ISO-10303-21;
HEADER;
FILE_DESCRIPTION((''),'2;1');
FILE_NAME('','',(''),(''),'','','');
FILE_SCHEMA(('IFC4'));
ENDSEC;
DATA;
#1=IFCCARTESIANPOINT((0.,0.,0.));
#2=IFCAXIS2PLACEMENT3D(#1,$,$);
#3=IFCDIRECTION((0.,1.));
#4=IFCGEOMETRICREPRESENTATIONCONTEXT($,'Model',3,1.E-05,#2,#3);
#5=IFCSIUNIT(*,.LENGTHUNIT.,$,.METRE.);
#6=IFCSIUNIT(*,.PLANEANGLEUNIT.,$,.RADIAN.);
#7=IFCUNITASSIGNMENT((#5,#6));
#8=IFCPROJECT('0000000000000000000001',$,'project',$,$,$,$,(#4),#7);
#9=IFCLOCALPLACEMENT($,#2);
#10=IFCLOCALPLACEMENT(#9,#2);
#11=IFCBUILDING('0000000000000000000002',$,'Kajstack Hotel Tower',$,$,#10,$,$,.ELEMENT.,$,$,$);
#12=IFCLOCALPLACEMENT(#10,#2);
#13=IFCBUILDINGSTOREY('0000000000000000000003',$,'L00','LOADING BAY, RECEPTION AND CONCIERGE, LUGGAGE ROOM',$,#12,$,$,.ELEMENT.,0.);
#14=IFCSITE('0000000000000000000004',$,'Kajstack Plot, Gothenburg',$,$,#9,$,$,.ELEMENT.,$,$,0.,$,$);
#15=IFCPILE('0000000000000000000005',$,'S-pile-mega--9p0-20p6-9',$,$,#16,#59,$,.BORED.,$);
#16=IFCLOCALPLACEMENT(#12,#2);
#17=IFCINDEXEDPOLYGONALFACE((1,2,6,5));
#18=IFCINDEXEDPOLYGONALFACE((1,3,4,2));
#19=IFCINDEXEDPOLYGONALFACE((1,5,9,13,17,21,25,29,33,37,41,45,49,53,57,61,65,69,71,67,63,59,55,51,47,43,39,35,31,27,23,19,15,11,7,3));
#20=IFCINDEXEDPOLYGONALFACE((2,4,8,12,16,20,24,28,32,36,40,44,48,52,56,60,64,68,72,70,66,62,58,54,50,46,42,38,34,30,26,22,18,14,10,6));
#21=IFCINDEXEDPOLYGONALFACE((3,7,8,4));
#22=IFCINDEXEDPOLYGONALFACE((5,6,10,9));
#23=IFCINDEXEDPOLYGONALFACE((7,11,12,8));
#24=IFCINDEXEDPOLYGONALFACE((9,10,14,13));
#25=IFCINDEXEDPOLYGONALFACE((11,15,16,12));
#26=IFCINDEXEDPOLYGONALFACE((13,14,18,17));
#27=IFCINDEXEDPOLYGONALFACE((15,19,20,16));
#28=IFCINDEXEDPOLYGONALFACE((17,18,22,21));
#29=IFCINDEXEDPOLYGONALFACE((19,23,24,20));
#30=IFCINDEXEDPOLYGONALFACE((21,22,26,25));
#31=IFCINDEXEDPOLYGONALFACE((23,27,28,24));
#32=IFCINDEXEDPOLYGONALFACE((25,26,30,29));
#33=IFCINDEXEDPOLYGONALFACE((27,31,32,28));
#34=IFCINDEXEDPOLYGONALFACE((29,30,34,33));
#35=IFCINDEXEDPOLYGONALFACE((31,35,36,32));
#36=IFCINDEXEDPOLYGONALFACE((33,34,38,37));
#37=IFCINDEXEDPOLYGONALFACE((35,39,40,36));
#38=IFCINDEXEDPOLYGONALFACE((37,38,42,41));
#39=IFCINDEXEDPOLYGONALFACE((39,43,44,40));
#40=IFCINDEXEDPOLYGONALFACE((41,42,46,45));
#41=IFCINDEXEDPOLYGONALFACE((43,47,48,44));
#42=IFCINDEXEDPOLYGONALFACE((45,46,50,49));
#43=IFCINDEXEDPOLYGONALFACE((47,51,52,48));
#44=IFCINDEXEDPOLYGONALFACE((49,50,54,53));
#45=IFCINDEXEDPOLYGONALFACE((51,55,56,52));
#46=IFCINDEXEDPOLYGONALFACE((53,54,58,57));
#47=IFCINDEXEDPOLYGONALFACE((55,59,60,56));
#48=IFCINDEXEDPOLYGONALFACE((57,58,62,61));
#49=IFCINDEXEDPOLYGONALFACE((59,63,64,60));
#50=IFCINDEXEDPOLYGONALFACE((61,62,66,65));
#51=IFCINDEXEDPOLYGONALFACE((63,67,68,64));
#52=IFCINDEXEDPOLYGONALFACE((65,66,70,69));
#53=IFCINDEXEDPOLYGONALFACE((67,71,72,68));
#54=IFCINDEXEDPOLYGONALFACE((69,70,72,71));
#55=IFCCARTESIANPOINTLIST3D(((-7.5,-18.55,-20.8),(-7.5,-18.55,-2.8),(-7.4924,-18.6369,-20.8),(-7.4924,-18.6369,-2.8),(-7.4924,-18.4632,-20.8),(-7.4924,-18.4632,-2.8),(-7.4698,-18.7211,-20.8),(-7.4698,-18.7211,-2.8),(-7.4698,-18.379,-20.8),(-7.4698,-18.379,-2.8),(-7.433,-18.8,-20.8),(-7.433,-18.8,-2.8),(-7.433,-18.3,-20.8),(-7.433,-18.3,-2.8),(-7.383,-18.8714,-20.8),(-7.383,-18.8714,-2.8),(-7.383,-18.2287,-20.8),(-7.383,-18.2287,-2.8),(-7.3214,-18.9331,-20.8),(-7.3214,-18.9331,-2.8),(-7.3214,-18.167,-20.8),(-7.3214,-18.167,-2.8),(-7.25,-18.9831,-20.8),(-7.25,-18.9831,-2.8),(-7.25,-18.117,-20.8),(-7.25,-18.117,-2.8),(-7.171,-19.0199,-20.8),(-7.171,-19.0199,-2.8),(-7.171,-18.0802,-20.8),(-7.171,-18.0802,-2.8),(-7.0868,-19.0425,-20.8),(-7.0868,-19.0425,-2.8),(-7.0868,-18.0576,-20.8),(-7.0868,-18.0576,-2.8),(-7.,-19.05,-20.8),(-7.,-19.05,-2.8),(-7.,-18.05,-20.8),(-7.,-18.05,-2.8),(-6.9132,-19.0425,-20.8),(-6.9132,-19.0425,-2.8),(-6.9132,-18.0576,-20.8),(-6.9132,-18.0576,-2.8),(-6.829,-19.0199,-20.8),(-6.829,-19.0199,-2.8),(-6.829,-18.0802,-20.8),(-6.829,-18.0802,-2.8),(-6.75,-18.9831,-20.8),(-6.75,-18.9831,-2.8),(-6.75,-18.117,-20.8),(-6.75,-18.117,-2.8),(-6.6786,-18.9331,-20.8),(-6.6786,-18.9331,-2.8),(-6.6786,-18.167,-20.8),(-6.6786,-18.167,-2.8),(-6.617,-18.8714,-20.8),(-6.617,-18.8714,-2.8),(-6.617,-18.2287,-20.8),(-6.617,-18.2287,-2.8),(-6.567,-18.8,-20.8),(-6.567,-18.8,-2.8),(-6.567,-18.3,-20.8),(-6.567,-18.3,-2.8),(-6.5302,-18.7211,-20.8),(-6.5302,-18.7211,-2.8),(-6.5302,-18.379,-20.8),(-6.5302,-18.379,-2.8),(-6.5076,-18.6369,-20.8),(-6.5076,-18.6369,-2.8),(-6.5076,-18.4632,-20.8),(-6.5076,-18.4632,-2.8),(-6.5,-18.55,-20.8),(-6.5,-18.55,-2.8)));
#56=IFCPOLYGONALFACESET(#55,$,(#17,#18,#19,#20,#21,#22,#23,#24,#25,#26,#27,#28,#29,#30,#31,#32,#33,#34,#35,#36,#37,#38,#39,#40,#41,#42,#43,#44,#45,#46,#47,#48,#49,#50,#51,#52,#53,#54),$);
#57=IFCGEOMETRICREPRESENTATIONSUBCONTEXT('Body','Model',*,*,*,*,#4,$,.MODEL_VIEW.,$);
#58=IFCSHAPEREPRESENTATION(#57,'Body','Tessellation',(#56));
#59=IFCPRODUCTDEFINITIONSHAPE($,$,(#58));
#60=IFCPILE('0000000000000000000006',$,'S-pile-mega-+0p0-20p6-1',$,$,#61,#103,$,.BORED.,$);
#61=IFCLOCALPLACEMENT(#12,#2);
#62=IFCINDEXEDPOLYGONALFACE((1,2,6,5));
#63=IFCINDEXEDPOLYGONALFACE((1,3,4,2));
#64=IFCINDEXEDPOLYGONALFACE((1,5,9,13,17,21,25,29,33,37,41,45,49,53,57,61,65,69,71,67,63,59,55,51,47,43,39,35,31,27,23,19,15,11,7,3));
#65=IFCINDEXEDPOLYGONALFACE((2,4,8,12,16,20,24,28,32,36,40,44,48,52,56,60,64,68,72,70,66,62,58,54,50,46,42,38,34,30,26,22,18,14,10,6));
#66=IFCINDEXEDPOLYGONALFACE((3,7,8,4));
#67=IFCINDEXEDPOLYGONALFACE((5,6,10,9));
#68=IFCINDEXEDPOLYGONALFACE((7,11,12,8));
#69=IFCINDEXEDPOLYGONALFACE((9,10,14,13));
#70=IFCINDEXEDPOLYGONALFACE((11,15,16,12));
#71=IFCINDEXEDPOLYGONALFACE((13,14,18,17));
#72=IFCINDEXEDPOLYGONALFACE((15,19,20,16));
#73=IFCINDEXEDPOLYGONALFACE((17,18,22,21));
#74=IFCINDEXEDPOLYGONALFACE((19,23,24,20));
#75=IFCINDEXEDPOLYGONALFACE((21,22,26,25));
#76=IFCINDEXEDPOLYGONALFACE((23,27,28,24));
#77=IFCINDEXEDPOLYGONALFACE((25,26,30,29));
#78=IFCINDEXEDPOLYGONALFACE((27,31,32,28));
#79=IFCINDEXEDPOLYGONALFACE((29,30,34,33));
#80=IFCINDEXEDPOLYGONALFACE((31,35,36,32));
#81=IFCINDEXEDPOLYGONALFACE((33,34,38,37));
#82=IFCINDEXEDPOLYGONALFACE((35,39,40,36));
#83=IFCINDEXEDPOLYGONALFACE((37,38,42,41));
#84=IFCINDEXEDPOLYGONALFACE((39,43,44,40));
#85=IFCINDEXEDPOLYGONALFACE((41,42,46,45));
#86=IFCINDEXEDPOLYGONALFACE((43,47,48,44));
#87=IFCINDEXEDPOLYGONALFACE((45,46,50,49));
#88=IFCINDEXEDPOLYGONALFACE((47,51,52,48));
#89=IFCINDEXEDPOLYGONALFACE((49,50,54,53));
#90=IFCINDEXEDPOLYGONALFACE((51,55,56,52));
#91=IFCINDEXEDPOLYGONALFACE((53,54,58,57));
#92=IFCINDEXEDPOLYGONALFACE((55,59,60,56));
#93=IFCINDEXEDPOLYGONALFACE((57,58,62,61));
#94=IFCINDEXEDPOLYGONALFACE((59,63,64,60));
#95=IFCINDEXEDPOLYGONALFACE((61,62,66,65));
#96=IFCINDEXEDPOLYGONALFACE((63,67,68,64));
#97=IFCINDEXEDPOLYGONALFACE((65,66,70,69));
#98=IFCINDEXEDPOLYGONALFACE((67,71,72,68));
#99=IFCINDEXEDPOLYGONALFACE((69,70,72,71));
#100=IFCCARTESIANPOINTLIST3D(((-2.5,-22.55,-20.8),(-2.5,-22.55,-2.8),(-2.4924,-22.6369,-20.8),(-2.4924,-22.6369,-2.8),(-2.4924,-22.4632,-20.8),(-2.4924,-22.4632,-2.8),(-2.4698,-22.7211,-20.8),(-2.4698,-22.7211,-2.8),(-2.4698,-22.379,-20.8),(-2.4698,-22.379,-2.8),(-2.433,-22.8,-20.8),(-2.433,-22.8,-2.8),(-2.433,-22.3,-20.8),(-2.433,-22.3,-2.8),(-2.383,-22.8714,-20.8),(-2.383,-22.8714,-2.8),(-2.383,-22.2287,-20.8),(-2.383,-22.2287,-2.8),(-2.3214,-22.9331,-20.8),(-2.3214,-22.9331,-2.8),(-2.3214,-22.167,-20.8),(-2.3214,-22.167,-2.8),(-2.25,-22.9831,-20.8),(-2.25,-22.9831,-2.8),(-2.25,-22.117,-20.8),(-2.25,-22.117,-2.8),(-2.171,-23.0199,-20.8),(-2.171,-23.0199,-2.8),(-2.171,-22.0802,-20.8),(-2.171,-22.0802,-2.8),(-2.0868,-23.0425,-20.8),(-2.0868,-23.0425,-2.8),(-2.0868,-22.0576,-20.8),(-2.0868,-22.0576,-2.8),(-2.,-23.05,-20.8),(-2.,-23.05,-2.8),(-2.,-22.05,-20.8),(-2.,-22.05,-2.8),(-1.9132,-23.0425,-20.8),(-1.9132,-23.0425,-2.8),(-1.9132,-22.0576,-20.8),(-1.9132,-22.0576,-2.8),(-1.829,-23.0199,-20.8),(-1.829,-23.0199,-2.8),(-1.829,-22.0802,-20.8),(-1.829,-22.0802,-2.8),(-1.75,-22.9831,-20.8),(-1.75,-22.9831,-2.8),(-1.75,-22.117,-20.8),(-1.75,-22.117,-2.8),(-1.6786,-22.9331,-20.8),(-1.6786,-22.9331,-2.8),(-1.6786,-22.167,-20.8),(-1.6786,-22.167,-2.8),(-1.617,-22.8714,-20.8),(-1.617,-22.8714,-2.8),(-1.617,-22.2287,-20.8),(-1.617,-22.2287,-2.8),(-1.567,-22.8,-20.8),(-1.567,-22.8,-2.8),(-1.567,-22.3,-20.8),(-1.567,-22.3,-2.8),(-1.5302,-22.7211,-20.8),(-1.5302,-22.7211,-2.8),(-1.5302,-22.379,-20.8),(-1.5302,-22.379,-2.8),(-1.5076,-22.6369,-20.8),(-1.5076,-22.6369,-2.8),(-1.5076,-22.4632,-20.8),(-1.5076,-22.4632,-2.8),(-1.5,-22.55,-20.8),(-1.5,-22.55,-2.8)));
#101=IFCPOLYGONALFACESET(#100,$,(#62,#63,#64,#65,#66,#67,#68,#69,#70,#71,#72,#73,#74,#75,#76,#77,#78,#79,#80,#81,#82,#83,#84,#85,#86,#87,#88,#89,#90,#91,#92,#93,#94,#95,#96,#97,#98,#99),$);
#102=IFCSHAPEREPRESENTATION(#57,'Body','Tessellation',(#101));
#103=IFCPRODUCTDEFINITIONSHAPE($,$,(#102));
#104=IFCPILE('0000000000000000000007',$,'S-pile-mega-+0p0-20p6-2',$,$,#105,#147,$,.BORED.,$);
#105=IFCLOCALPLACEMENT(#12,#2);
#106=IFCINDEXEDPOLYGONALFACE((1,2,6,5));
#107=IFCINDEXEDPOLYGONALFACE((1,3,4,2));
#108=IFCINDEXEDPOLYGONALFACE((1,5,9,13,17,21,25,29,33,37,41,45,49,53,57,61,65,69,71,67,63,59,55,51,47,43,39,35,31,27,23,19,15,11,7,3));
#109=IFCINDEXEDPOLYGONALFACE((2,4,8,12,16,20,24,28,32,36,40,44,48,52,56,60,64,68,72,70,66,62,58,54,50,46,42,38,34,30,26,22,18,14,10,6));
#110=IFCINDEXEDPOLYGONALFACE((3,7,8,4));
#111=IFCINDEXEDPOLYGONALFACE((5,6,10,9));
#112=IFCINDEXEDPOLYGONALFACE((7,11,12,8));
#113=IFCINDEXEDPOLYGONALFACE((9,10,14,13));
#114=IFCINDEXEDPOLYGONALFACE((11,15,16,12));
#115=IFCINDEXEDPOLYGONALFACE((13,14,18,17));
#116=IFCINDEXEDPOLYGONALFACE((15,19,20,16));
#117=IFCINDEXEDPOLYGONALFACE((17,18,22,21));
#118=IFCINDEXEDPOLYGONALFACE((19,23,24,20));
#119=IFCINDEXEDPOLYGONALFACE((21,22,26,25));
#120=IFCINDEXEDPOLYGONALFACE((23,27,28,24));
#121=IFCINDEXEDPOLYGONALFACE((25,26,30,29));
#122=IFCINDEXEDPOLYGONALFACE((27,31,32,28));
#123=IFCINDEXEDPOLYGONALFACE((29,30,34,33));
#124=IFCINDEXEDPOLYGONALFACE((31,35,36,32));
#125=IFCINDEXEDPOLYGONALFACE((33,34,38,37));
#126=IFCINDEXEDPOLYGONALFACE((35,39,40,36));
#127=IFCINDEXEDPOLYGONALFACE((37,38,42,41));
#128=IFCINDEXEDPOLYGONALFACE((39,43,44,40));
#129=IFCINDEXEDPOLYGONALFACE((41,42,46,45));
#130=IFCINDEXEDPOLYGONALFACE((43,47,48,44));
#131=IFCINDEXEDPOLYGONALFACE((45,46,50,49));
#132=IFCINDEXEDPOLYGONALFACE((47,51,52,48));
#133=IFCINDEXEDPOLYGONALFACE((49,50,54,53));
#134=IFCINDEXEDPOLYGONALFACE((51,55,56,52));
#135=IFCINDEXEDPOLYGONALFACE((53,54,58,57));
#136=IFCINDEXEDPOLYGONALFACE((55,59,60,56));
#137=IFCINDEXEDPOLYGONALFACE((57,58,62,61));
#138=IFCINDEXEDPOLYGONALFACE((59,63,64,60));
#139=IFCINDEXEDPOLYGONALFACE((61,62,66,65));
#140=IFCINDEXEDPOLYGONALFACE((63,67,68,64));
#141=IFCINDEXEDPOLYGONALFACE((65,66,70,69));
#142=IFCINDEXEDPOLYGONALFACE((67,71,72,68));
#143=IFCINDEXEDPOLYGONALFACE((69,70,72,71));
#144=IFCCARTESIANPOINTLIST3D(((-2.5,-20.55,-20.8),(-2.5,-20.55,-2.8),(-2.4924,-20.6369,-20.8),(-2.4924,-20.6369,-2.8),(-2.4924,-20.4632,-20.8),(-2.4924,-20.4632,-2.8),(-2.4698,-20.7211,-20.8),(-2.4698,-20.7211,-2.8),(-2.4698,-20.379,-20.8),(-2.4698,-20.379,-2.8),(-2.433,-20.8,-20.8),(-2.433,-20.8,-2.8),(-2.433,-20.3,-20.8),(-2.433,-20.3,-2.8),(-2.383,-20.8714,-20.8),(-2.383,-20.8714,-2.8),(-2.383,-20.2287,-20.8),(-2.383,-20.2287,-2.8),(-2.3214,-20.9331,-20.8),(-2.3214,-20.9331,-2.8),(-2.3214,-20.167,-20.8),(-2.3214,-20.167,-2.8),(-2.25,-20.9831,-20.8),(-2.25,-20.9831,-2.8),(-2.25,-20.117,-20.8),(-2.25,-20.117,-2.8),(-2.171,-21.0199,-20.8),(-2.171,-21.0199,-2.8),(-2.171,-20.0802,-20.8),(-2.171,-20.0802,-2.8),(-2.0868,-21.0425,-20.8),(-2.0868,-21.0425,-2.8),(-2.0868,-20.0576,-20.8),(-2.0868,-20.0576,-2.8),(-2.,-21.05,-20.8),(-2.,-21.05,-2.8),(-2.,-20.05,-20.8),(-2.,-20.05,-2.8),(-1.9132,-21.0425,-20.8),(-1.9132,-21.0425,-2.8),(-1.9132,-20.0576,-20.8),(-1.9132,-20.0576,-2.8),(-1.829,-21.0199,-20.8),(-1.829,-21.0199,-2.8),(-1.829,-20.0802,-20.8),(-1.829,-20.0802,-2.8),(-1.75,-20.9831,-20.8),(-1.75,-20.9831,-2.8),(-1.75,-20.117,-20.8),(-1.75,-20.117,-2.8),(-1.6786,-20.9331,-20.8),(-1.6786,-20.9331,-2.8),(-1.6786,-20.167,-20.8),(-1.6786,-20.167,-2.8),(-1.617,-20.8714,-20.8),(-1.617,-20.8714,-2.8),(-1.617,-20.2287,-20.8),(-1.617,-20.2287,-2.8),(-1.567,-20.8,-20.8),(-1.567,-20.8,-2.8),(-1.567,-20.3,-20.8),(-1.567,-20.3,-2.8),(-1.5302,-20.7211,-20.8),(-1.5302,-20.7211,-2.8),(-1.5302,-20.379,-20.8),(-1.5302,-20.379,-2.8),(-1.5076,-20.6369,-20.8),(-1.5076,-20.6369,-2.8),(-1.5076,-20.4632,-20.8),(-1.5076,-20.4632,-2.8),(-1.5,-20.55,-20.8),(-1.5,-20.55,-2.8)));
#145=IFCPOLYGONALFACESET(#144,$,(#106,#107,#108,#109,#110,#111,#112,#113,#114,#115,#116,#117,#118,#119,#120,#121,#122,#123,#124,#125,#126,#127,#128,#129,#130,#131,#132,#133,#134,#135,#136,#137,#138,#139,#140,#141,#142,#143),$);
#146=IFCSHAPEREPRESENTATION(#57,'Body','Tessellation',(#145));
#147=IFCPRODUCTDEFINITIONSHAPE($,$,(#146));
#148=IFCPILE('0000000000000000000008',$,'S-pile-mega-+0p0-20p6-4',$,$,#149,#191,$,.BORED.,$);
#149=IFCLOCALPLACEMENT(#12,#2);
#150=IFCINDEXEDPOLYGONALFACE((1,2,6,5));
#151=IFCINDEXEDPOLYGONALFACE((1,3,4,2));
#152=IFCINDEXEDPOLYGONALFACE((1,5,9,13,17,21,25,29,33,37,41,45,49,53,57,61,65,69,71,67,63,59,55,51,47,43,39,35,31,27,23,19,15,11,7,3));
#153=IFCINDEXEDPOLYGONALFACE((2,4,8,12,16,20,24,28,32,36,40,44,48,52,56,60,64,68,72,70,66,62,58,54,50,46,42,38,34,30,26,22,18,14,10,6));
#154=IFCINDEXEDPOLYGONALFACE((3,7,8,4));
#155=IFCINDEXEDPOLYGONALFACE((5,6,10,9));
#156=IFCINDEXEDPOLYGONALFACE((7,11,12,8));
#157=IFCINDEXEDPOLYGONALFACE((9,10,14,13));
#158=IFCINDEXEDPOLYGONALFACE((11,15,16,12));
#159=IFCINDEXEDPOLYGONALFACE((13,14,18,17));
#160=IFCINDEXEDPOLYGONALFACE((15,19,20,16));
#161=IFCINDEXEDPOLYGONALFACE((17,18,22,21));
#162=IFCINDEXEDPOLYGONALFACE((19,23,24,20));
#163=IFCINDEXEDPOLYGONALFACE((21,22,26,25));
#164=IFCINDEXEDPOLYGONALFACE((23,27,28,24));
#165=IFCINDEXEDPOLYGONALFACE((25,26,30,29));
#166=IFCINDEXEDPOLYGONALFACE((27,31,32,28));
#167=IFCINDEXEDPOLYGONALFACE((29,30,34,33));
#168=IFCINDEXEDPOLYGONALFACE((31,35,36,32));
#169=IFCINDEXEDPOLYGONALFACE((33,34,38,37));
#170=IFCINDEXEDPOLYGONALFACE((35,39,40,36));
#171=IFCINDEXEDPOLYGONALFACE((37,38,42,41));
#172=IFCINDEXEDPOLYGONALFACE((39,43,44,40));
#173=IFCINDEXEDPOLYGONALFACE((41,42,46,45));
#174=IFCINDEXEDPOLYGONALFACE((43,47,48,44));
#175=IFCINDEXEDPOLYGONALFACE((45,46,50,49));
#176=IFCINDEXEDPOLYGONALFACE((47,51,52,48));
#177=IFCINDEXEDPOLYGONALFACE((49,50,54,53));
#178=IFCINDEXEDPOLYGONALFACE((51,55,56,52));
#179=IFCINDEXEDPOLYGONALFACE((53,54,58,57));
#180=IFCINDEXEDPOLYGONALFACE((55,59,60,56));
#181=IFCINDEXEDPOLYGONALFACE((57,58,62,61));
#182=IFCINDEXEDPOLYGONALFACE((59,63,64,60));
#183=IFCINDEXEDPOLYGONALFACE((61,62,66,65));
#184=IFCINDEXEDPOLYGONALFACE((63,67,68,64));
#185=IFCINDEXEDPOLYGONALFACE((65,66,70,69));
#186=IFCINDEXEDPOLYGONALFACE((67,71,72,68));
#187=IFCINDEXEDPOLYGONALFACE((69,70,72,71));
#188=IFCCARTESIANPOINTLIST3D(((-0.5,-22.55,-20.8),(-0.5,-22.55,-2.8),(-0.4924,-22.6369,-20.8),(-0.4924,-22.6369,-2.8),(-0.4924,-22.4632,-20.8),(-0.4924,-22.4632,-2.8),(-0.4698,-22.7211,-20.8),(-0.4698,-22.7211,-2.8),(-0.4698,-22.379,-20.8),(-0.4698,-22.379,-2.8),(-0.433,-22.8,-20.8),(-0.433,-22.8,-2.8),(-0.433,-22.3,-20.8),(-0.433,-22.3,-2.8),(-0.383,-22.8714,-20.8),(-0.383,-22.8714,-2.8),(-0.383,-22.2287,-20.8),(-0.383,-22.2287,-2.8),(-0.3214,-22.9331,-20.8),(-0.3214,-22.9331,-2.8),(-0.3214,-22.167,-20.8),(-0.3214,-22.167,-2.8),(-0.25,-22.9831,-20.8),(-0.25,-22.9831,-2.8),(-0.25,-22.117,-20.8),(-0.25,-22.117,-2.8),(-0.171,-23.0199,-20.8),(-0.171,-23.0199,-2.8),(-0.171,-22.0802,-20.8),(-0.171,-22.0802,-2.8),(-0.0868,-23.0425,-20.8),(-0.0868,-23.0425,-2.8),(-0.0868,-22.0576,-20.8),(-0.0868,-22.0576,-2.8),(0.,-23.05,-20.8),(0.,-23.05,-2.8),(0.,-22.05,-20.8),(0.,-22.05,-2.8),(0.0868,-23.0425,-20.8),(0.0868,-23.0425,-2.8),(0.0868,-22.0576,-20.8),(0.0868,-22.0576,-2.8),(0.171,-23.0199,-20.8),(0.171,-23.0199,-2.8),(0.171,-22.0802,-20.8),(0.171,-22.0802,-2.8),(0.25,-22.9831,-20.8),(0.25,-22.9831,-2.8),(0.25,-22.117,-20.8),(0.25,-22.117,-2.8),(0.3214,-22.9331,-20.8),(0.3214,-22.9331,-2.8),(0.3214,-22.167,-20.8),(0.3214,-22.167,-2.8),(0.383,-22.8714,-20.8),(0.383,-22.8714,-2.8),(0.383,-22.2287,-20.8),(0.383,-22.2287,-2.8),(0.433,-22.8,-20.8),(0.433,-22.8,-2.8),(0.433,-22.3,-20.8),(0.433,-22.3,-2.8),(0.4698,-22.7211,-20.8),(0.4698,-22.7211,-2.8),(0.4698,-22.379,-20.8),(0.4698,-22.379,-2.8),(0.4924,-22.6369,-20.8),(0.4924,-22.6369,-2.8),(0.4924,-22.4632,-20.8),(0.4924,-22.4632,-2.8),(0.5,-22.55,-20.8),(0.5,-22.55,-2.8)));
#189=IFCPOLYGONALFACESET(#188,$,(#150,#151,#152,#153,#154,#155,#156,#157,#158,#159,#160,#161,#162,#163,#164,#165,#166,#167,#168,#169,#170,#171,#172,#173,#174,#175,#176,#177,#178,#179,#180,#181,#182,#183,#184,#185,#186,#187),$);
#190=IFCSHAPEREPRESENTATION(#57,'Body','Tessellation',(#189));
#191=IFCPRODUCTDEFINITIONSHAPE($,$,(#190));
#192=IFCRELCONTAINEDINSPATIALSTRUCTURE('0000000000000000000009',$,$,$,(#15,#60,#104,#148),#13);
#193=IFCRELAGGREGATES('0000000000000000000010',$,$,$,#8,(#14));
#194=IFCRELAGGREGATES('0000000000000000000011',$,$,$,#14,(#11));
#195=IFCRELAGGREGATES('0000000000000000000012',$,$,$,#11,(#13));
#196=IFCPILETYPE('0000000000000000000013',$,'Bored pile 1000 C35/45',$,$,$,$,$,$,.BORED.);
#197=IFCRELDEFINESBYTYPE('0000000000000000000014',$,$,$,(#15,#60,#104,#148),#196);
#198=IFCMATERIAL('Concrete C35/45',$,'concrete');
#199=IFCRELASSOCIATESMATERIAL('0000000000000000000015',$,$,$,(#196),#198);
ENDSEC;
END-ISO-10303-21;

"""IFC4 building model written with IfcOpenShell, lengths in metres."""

from ifc_helpers import new_model, si_unit, direction, frame, origin, origin_2d, place, context, subcontext, project, spatial, circle, extrude, material, material_profile, profile_set, type_object, element, save


model = new_model("IFC4")

# Units and contexts
model_context = context("Model", 3, precision=1e-05, world=origin(), true_north=direction((0.0, 1.0)))
body_context = subcontext(model_context, "Body", "Model", "MODEL_VIEW")
ifc_project = project(units=[si_unit("LENGTHUNIT", "METRE"), si_unit("PLANEANGLEUNIT", "RADIAN")], contexts=[model_context])

# Site, building, storey
site_placement = place(None, origin())
site = spatial("IfcSite", under=ifc_project, at=site_placement, Name="Kajstack Plot, Gothenburg", CompositionType="ELEMENT", RefElevation=0.0)
building_placement = place(site_placement, origin())
building = spatial("IfcBuilding", under=site, at=building_placement, Name="Kajstack Hotel Tower", CompositionType="ELEMENT")
storey_placement = place(building_placement, origin())
storey = spatial("IfcBuildingStorey", under=building, at=storey_placement, Name="L00", Description="LOADING BAY, RECEPTION AND CONCIERGE, LUGGAGE ROOM", CompositionType="ELEMENT", Elevation=0.0)

# Piles
ifc_material_1 = material(Name="Concrete C35/45", Category="concrete")
ifc_material_profile_1 = material_profile(ifc_material_1, circle(Radius=0.5, at=origin_2d()), Name="RC round 1000")
ifc_profile_set_1 = profile_set([ifc_material_profile_1], Name="Concrete C35/45")
pile_type = type_object("IfcPileType", Name="Bored pile 1000 C35/45", PredefinedType="BORED", material=ifc_profile_set_1)
for number, where, z_axis, x_axis, name in (
    (1, (-7.0, -18.55, -2.8), (0.0, 0.0, -1.0), (1.0, 0.0, 0.0), "S-pile-mega--9p0-20p6-9"),
    (2, (-2.0, -22.55, -2.8), (0.0, 0.0, -1.0), (1.0, 0.0, 0.0), "S-pile-mega-+0p0-20p6-1"),
    (3, (-2.0, -20.55, -2.8), (0.0, 0.0, -1.0), (1.0, 0.0, 0.0), "S-pile-mega-+0p0-20p6-2"),
    (4, (0.0, -22.55, -2.8), (0.0, 0.0, -1.0), (1.0, 0.0, 0.0), "S-pile-mega-+0p0-20p6-4"),
):
    element("IfcPile", number, at=place(storey_placement, frame(where, z_axis=z_axis, x_axis=x_axis)), inside=storey, type_object=pile_type, Name=name, PredefinedType="BORED", context=body_context, shape_type="SweptSolid", body=[
        extrude(circle(Radius=0.5, at=origin_2d()), origin(), (0.0, 0.0, 1.0), 18.0),
    ])

save(model, "model.ifc")
